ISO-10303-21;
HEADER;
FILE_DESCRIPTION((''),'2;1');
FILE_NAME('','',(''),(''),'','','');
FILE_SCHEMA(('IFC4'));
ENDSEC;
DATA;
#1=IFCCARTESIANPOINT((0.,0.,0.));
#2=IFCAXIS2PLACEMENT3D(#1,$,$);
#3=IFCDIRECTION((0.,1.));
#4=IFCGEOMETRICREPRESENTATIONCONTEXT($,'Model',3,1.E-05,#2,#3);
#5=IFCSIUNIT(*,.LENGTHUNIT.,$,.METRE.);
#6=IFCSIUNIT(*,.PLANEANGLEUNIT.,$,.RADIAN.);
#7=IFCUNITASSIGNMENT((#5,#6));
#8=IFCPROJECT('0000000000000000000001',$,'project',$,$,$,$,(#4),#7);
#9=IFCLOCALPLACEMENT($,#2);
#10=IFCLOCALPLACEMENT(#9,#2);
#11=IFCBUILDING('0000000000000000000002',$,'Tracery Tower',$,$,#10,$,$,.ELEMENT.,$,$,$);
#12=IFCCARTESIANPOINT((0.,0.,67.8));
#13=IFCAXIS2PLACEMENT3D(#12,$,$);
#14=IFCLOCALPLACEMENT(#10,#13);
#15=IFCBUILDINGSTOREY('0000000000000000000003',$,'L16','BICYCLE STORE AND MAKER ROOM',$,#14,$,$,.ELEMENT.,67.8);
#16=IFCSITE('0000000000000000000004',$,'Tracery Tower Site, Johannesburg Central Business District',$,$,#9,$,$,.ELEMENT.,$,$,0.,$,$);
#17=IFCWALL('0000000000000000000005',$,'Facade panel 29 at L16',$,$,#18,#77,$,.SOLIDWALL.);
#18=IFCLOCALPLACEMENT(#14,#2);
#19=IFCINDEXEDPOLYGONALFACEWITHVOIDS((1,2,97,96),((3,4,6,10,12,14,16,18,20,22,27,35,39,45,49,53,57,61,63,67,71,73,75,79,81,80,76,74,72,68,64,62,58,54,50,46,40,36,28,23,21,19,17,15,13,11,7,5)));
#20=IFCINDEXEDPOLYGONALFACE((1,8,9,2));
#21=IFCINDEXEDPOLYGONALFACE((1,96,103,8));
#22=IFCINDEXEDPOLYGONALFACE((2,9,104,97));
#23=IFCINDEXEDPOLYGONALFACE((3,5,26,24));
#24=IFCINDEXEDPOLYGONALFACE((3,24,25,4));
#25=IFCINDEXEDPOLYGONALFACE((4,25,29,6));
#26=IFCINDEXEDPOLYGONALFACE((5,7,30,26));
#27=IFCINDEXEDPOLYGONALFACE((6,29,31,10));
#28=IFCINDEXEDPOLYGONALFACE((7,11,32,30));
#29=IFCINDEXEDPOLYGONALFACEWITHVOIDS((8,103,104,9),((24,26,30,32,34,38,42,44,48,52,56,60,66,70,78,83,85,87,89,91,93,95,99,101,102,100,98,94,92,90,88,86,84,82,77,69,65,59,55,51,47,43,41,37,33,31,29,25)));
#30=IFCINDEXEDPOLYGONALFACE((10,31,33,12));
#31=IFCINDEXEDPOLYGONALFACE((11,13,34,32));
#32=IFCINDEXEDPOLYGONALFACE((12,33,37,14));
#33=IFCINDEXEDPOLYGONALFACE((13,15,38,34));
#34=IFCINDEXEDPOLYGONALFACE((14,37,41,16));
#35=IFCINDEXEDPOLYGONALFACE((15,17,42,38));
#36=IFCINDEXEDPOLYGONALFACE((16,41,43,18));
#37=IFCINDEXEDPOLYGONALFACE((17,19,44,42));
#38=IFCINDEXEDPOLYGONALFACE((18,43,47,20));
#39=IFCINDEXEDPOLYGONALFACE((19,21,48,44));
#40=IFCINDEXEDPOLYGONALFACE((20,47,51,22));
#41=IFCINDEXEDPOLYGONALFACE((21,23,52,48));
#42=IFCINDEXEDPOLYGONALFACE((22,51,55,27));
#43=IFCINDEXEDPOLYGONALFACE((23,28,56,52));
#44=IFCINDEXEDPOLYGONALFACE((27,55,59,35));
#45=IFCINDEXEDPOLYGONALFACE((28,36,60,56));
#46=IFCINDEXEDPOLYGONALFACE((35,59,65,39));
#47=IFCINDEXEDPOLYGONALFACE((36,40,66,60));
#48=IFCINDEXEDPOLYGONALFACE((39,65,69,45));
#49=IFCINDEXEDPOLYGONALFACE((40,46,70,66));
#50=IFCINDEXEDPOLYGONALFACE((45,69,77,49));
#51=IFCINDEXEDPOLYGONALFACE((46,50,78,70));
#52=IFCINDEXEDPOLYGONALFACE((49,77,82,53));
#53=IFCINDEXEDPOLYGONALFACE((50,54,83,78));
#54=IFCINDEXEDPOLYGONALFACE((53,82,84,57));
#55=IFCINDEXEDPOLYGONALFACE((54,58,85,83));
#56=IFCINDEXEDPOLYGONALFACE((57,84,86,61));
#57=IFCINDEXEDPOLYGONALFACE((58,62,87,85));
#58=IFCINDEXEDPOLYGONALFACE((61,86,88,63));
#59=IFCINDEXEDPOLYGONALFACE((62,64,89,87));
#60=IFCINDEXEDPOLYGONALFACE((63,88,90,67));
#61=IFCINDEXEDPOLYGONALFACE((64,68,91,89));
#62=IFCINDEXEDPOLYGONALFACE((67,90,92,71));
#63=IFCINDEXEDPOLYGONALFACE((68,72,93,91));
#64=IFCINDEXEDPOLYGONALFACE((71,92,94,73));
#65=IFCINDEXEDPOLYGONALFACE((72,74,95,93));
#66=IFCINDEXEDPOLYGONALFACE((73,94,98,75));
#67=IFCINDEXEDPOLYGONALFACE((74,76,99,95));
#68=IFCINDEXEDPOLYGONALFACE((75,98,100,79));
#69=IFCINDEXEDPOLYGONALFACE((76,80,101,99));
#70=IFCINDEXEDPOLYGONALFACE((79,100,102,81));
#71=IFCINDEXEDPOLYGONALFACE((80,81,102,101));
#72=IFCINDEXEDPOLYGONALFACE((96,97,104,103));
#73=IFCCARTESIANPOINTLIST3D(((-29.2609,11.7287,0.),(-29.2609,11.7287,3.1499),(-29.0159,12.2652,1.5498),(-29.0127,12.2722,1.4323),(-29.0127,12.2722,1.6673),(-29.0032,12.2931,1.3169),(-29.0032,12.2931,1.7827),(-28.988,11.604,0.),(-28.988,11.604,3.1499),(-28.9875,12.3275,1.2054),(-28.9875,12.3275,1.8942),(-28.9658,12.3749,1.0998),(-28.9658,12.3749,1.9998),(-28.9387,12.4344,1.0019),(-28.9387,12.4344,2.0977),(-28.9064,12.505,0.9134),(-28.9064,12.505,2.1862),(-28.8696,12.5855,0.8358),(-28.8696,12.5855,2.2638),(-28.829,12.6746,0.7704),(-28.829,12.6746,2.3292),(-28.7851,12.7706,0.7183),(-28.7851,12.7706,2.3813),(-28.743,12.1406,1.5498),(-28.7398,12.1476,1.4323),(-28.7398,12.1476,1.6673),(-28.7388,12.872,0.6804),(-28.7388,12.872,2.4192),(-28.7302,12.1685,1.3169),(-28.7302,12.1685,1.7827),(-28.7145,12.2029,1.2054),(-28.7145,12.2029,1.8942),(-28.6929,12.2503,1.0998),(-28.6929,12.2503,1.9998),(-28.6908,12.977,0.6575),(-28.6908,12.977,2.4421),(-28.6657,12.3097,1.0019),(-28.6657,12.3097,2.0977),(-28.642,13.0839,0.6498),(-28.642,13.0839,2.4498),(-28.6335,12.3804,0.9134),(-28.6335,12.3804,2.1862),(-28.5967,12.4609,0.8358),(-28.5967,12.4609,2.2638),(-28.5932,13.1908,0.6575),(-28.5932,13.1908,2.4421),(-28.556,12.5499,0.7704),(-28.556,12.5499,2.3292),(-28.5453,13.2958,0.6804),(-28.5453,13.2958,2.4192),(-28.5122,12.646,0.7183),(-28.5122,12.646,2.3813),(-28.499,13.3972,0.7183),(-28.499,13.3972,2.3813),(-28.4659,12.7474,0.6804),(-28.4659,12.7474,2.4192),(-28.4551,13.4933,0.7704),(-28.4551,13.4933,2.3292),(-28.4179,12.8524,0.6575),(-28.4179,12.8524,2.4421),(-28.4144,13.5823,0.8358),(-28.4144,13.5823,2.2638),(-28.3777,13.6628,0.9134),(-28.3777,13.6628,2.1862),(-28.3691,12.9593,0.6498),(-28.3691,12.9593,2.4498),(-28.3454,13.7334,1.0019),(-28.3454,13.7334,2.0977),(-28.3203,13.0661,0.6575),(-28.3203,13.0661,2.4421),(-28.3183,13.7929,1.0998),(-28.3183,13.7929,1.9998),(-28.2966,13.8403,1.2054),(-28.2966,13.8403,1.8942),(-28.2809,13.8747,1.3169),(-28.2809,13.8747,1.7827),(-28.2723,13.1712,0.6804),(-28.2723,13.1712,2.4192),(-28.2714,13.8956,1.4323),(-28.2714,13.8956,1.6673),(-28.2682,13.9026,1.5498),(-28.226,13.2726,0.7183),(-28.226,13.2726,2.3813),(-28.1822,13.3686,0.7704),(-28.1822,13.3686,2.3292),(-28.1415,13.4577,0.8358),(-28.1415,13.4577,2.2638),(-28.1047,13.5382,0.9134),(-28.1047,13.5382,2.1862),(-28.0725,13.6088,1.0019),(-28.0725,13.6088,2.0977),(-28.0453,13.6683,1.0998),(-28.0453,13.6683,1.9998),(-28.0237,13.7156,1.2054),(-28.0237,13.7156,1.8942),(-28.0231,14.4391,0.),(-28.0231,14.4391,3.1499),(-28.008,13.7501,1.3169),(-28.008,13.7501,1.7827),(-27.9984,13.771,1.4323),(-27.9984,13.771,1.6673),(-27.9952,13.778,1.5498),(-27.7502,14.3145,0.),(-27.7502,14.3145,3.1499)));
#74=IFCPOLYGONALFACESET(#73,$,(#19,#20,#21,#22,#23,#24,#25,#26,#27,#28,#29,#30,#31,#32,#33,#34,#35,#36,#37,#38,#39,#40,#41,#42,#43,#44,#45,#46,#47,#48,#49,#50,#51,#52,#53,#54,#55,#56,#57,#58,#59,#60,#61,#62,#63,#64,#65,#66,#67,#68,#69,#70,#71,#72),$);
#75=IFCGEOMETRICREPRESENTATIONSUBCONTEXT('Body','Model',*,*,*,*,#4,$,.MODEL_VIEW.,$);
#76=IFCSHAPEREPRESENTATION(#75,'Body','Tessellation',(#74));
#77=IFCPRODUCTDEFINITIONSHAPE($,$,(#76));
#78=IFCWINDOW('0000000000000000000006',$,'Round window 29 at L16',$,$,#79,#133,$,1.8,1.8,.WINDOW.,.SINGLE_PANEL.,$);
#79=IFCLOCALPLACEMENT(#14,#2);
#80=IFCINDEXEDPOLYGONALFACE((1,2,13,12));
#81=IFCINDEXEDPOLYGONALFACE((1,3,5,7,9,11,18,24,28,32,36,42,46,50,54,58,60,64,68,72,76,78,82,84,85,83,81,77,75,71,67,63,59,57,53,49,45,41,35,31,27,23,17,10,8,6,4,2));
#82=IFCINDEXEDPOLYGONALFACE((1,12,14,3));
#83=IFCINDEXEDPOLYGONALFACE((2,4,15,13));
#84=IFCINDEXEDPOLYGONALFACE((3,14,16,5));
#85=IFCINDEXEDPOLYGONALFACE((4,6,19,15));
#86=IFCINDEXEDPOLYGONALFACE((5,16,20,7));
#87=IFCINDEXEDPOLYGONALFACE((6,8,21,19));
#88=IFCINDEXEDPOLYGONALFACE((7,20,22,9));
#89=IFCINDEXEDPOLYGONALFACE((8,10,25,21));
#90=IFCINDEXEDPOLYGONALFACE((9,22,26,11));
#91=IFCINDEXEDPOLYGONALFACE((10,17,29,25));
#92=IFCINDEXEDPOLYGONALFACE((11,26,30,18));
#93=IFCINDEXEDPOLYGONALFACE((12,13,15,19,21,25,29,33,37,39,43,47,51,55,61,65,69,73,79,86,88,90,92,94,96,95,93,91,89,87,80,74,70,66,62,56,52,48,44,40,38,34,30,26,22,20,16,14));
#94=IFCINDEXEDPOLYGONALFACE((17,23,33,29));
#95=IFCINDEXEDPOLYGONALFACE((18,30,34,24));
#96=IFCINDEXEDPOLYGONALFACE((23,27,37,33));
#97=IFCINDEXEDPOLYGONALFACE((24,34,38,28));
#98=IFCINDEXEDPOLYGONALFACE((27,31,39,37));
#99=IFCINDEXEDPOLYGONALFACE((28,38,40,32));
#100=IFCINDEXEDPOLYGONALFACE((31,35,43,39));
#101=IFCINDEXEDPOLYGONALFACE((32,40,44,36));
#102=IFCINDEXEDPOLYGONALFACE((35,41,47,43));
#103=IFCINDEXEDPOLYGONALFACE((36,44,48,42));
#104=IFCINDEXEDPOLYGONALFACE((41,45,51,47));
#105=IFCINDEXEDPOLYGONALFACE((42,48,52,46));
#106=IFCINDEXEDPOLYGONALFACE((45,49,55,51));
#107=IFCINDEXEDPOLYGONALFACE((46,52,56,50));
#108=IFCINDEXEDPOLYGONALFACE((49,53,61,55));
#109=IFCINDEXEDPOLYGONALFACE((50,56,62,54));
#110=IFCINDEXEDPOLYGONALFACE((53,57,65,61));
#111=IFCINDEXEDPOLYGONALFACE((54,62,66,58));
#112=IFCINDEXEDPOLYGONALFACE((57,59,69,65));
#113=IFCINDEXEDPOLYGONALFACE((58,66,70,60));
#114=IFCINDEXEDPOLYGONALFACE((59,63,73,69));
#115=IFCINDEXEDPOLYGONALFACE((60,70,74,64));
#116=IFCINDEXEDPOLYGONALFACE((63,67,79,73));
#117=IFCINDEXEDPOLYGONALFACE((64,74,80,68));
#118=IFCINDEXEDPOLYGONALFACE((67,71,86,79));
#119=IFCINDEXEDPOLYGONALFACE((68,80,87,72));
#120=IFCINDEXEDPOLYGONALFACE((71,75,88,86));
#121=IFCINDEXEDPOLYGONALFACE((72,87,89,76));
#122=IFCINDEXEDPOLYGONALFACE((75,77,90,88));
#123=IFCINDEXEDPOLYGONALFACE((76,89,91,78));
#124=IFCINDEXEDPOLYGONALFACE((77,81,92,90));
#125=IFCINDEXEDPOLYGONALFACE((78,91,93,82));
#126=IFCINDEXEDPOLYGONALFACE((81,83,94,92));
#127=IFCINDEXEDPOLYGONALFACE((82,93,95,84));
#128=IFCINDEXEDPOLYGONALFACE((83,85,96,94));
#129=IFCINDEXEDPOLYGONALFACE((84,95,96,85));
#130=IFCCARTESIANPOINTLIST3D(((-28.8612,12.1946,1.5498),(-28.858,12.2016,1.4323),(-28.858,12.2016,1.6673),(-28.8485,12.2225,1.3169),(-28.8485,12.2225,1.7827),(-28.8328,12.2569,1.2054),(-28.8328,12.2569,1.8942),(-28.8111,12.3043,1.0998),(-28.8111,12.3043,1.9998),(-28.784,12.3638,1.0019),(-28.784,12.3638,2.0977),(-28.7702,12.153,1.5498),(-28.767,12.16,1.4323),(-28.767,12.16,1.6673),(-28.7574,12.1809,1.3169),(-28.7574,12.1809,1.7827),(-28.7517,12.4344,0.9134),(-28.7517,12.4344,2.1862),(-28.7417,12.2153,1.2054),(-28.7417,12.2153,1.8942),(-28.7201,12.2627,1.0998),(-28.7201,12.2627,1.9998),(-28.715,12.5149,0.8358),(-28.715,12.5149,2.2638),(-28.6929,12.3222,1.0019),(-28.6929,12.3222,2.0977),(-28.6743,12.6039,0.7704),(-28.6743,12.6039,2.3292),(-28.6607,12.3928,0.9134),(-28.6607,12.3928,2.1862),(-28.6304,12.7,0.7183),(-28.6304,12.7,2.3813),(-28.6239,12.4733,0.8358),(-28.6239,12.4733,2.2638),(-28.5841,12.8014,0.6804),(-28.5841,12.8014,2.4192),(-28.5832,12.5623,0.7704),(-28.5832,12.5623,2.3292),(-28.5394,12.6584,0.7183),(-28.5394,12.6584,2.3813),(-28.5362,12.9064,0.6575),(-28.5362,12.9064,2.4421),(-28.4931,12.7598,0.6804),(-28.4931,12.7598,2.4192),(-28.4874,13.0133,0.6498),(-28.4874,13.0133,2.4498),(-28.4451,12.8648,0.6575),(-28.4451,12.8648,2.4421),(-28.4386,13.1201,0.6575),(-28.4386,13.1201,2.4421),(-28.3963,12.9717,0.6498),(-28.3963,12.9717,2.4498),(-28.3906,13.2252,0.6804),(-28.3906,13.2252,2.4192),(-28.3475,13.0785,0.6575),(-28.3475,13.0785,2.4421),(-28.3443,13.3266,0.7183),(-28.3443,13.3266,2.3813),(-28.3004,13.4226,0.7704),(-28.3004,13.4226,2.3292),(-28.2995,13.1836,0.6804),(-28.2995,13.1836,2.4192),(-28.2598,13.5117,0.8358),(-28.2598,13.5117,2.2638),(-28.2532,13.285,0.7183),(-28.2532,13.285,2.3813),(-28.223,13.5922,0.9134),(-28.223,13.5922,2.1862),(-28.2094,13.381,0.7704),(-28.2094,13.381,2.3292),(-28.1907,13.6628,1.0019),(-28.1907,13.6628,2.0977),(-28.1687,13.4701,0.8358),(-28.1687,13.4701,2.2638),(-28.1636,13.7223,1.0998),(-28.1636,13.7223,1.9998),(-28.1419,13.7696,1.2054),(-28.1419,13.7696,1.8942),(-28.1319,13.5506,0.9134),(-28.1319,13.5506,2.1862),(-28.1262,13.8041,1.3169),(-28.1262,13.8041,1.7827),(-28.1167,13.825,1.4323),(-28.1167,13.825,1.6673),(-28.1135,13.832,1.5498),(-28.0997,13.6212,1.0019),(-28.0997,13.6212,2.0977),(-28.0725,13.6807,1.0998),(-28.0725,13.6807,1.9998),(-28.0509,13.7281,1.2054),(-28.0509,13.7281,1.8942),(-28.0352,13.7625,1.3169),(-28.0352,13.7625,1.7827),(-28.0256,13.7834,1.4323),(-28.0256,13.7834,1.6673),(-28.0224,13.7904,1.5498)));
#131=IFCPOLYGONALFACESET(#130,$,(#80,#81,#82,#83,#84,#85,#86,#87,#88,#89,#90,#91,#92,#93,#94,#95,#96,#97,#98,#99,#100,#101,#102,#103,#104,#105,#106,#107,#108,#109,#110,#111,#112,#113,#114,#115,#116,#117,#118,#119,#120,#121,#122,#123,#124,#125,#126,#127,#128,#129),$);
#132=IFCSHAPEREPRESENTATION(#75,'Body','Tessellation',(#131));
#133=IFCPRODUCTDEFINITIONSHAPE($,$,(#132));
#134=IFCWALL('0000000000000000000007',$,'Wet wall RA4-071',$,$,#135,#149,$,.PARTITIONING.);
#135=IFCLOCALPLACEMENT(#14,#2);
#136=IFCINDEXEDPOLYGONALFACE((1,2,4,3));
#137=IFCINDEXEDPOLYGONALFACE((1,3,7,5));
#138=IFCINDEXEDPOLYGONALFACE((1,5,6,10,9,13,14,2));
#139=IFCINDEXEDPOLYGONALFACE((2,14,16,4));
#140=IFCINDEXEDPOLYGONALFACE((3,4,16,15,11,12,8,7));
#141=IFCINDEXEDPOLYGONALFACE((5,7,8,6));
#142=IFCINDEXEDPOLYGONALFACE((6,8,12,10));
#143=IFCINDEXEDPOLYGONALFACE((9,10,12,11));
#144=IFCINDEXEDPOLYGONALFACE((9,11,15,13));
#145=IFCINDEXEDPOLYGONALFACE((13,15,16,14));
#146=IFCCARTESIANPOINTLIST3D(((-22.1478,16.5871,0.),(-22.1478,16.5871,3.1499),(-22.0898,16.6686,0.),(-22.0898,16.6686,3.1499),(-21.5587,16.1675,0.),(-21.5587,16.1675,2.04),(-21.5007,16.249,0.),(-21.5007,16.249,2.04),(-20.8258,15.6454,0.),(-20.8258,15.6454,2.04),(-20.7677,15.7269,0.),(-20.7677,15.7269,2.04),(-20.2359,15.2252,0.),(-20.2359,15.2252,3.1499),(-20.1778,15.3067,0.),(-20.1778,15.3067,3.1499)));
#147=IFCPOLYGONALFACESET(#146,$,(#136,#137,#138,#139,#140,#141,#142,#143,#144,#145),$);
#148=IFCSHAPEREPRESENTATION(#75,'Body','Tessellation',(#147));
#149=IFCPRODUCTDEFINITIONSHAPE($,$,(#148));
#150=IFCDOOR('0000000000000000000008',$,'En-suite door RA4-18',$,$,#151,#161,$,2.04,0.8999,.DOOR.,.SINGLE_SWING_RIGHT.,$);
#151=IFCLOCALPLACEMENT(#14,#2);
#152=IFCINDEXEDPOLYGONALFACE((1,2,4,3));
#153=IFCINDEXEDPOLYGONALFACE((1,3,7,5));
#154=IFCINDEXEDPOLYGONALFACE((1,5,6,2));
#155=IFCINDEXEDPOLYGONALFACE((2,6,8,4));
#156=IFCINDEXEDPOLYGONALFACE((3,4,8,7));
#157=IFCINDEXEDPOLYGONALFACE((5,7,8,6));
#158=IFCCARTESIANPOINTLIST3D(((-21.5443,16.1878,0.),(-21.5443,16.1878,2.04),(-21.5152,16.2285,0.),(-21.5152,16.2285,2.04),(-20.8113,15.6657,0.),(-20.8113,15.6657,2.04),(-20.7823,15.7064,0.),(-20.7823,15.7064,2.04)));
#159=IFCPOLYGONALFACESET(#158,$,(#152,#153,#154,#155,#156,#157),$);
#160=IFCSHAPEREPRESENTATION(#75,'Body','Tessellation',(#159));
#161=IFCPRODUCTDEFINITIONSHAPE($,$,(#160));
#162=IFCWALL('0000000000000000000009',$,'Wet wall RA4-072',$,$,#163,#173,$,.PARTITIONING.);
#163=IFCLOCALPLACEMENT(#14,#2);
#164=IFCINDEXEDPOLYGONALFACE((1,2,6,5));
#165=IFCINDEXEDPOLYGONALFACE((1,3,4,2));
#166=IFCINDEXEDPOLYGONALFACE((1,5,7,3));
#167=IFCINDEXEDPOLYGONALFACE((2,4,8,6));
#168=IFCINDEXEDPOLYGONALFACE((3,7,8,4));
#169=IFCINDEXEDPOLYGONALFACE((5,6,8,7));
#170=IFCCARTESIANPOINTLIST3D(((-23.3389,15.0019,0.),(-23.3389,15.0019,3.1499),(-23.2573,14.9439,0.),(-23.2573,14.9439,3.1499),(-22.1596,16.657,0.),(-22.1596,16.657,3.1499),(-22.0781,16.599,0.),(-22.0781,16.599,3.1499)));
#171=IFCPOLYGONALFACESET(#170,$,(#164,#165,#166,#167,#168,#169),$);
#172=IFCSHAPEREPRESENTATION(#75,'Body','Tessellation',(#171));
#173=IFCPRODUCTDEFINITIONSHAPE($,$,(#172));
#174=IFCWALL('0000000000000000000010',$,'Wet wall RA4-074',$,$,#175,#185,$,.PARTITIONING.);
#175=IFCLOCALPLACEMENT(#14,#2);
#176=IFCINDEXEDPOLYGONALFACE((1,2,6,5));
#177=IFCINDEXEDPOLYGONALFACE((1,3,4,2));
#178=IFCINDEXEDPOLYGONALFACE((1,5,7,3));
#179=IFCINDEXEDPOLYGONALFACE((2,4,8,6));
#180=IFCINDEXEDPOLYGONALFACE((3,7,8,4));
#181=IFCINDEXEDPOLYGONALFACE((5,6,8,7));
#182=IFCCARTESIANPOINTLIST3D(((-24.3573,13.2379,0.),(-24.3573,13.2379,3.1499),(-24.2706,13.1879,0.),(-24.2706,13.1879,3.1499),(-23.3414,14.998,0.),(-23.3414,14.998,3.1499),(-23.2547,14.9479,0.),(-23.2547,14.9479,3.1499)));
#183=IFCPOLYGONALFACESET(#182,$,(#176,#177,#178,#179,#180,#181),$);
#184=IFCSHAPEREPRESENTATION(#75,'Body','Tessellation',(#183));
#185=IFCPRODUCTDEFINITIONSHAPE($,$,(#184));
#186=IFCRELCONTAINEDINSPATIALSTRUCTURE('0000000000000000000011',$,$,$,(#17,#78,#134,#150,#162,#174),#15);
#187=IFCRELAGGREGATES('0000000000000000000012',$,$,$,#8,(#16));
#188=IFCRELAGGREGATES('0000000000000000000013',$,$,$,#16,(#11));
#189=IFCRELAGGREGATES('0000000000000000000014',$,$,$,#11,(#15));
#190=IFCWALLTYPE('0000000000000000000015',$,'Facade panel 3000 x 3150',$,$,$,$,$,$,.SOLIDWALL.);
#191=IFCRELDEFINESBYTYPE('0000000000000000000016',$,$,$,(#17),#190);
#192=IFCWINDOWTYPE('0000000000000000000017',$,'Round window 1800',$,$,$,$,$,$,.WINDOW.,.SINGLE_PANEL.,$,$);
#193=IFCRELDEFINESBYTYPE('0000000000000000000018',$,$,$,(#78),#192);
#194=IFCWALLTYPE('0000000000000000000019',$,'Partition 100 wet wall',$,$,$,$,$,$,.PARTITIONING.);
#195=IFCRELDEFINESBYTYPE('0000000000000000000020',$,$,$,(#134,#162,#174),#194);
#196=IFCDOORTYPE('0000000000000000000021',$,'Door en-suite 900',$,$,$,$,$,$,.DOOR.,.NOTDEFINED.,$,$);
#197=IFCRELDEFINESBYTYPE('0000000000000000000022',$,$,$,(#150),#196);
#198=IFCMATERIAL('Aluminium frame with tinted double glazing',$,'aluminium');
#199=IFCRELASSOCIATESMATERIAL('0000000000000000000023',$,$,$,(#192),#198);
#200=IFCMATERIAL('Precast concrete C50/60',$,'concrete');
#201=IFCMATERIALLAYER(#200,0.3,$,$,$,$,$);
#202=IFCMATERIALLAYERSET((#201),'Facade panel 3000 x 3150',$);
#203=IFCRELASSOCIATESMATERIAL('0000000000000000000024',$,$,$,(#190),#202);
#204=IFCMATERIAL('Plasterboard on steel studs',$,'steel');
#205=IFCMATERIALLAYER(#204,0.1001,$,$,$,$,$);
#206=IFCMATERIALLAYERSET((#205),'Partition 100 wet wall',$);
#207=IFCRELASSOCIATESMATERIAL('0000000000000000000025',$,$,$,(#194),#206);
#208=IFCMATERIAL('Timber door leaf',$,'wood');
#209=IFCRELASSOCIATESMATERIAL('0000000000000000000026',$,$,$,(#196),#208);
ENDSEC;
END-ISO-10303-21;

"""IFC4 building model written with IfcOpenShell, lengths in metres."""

from ifc_helpers import new_model, si_unit, direction, frame, frame_2d, origin, origin_2d, place, context, subcontext, project, spatial, rectangle, circle, extrude, material, layer, layer_set, type_object, element, fill, save


model = new_model("IFC4")

# Units and contexts
model_context = context("Model", 3, precision=1e-05, world=origin(), true_north=direction((0.0, 1.0)))
body_context = subcontext(model_context, "Body", "Model", "MODEL_VIEW")
ifc_project = project(units=[si_unit("LENGTHUNIT", "METRE"), si_unit("PLANEANGLEUNIT", "RADIAN")], contexts=[model_context])

# Site, building, storey
site_placement = place(None, origin())
site = spatial("IfcSite", under=ifc_project, at=site_placement, Name="Tracery Tower Site, Johannesburg Central Business District", CompositionType="ELEMENT", RefElevation=0.0)
building_placement = place(site_placement, origin())
building = spatial("IfcBuilding", under=site, at=building_placement, Name="Tracery Tower", CompositionType="ELEMENT")
storey_placement = place(building_placement, frame((0.0, 0.0, 67.8)))
storey = spatial("IfcBuildingStorey", under=building, at=storey_placement, Name="L16", Description="BICYCLE STORE AND MAKER ROOM", CompositionType="ELEMENT", Elevation=67.8)

# Wall, opening, window
ifc_material_1 = material(Name="Aluminium frame with tinted double glazing", Category="aluminium")
window_type = type_object("IfcWindowType", Name="Round window 1800", PartitioningType="SINGLE_PANEL", PredefinedType="WINDOW", material=ifc_material_1)
ifc_material_2 = material(Name="Precast concrete C50/60", Category="concrete")
ifc_layer_1 = layer(ifc_material_2, 0.3)
ifc_layer_set_1 = layer_set([ifc_layer_1], Name="Facade panel 3000 x 3150")
wall_type_1 = type_object("IfcWallType", Name="Facade panel 3000 x 3150", PredefinedType="SOLIDWALL", material=ifc_layer_set_1)
wall_1_placement = place(storey_placement, frame((-27.8867, 14.3767, 0.0), z_axis=(0.0, 0.0, 1.0), x_axis=(-0.415407, -0.909636, 0.0)))
wall_1 = element("IfcWall", 1, at=wall_1_placement, inside=storey, type_object=wall_type_1, Name="Facade panel 29 at L16", PredefinedType="SOLIDWALL", context=body_context, shape_type="SweptSolid", body=[
    extrude(rectangle(XDim=2.9797, YDim=0.3, at=frame_2d((1.4897, 0.0))), origin(), (0.0, 0.0, 1.0), 3.1499),
])
opening_1_placement = place(wall_1_placement, frame((1.4897, 0.0, 1.5498)))
opening_1 = element("IfcOpeningElement", 2, at=opening_1_placement, cuts=wall_1, PredefinedType="OPENING", context=body_context, shape_type="SweptSolid", body=[
    extrude(circle(Radius=0.9, at=origin_2d()), frame((0.0, 0.1599, 0.0), z_axis=(0.0, -1.0, 0.0), x_axis=(1.0, 0.0, 0.0)), (0.0, 0.0, 1.0), 0.3201),
])
window_1_placement = place(opening_1_placement, origin())
window_1 = element("IfcWindow", 3, at=window_1_placement, inside=storey, type_object=window_type, Name="Round window 29 at L16", OverallHeight=1.8, OverallWidth=1.8, PartitioningType="SINGLE_PANEL", PredefinedType="WINDOW", context=body_context, shape_type="SweptSolid", body=[
    extrude(circle(Radius=0.9, at=origin_2d()), frame((0.0, 0.1201, 0.0), z_axis=(0.0, -1.0, 0.0), x_axis=(1.0, 0.0, 0.0)), (0.0, 0.0, 1.0), 0.1001),
])
fill(opening_1, window_1)

# Wall, opening, door
ifc_material_3 = material(Name="Plasterboard on steel studs", Category="steel")
ifc_layer_2 = layer(ifc_material_3, 0.1001)
ifc_layer_set_2 = layer_set([ifc_layer_2], Name="Partition 100 wet wall")
wall_type_2 = type_object("IfcWallType", Name="Partition 100 wet wall", PredefinedType="PARTITIONING", material=ifc_layer_set_2)
wall_2_placement = place(storey_placement, frame((-22.1189, 16.6279, 0.0), z_axis=(0.0, 0.0, 1.0), x_axis=(0.814499, -0.580165, 0.0)))
wall_2 = element("IfcWall", 4, at=wall_2_placement, inside=storey, type_object=wall_type_2, Name="Wet wall RA4-071", PredefinedType="PARTITIONING", context=body_context, shape_type="SweptSolid", body=[
    extrude(rectangle(XDim=2.3474, YDim=0.1001, at=frame_2d((1.1738, 0.0))), origin(), (0.0, 0.0, 1.0), 3.1499),
])
opening_2_placement = place(wall_2_placement, frame((0.7234, 0.0, 0.0)))
opening_2 = element("IfcOpeningElement", 5, at=opening_2_placement, cuts=wall_2, PredefinedType="OPENING", context=body_context, shape_type="SweptSolid", body=[
    extrude(rectangle(XDim=0.8999, YDim=2.04, at=frame_2d((0.45, 1.02))), frame((0.0, 0.05, 0.0), z_axis=(0.0, -1.0, 0.0), x_axis=(1.0, 0.0, 0.0)), (0.0, 0.0, 1.0), 0.1001),
])
ifc_material_4 = material(Name="Timber door leaf", Category="wood")
door_type = type_object("IfcDoorType", Name="Door en-suite 900", OperationType="NOTDEFINED", PredefinedType="DOOR", material=ifc_material_4)
door_1_placement = place(opening_2_placement, origin())
door_1 = element("IfcDoor", 6, at=door_1_placement, inside=storey, type_object=door_type, Name="En-suite door RA4-18", OperationType="SINGLE_SWING_RIGHT", OverallHeight=2.04, OverallWidth=0.8999, PredefinedType="DOOR", context=body_context, shape_type="SweptSolid", body=[
    extrude(rectangle(XDim=0.8999, YDim=2.04, at=frame_2d((0.45, 1.02))), frame((0.0, 0.0249, 0.0), z_axis=(0.0, -1.0, 0.0), x_axis=(1.0, 0.0, 0.0)), (0.0, 0.0, 1.0), 0.05),
])
fill(opening_2, door_1)

# Walls
for number, where, z_axis, x_axis, name in (
    (7, (-23.2981, 14.9729, 0.0), (0.0, 0.0, 1.0), (0.580272, 0.814423, 0.0), "Wet wall RA4-072"),
    (8, (-24.314, 13.2129, 0.0), (0.0, 0.0, 1.0), (0.499899, 0.866084, 0.0), "Wet wall RA4-074"),
):
    element("IfcWall", number, at=place(storey_placement, frame(where, z_axis=z_axis, x_axis=x_axis)), inside=storey, type_object=wall_type_2, Name=name, PredefinedType="PARTITIONING", context=body_context, shape_type="SweptSolid", body=[
        extrude(rectangle(XDim=2.0322, YDim=0.1001, at=frame_2d((1.0161, 0.0))), origin(), (0.0, 0.0, 1.0), 3.1499),
    ])

save(model, "model.ifc")
